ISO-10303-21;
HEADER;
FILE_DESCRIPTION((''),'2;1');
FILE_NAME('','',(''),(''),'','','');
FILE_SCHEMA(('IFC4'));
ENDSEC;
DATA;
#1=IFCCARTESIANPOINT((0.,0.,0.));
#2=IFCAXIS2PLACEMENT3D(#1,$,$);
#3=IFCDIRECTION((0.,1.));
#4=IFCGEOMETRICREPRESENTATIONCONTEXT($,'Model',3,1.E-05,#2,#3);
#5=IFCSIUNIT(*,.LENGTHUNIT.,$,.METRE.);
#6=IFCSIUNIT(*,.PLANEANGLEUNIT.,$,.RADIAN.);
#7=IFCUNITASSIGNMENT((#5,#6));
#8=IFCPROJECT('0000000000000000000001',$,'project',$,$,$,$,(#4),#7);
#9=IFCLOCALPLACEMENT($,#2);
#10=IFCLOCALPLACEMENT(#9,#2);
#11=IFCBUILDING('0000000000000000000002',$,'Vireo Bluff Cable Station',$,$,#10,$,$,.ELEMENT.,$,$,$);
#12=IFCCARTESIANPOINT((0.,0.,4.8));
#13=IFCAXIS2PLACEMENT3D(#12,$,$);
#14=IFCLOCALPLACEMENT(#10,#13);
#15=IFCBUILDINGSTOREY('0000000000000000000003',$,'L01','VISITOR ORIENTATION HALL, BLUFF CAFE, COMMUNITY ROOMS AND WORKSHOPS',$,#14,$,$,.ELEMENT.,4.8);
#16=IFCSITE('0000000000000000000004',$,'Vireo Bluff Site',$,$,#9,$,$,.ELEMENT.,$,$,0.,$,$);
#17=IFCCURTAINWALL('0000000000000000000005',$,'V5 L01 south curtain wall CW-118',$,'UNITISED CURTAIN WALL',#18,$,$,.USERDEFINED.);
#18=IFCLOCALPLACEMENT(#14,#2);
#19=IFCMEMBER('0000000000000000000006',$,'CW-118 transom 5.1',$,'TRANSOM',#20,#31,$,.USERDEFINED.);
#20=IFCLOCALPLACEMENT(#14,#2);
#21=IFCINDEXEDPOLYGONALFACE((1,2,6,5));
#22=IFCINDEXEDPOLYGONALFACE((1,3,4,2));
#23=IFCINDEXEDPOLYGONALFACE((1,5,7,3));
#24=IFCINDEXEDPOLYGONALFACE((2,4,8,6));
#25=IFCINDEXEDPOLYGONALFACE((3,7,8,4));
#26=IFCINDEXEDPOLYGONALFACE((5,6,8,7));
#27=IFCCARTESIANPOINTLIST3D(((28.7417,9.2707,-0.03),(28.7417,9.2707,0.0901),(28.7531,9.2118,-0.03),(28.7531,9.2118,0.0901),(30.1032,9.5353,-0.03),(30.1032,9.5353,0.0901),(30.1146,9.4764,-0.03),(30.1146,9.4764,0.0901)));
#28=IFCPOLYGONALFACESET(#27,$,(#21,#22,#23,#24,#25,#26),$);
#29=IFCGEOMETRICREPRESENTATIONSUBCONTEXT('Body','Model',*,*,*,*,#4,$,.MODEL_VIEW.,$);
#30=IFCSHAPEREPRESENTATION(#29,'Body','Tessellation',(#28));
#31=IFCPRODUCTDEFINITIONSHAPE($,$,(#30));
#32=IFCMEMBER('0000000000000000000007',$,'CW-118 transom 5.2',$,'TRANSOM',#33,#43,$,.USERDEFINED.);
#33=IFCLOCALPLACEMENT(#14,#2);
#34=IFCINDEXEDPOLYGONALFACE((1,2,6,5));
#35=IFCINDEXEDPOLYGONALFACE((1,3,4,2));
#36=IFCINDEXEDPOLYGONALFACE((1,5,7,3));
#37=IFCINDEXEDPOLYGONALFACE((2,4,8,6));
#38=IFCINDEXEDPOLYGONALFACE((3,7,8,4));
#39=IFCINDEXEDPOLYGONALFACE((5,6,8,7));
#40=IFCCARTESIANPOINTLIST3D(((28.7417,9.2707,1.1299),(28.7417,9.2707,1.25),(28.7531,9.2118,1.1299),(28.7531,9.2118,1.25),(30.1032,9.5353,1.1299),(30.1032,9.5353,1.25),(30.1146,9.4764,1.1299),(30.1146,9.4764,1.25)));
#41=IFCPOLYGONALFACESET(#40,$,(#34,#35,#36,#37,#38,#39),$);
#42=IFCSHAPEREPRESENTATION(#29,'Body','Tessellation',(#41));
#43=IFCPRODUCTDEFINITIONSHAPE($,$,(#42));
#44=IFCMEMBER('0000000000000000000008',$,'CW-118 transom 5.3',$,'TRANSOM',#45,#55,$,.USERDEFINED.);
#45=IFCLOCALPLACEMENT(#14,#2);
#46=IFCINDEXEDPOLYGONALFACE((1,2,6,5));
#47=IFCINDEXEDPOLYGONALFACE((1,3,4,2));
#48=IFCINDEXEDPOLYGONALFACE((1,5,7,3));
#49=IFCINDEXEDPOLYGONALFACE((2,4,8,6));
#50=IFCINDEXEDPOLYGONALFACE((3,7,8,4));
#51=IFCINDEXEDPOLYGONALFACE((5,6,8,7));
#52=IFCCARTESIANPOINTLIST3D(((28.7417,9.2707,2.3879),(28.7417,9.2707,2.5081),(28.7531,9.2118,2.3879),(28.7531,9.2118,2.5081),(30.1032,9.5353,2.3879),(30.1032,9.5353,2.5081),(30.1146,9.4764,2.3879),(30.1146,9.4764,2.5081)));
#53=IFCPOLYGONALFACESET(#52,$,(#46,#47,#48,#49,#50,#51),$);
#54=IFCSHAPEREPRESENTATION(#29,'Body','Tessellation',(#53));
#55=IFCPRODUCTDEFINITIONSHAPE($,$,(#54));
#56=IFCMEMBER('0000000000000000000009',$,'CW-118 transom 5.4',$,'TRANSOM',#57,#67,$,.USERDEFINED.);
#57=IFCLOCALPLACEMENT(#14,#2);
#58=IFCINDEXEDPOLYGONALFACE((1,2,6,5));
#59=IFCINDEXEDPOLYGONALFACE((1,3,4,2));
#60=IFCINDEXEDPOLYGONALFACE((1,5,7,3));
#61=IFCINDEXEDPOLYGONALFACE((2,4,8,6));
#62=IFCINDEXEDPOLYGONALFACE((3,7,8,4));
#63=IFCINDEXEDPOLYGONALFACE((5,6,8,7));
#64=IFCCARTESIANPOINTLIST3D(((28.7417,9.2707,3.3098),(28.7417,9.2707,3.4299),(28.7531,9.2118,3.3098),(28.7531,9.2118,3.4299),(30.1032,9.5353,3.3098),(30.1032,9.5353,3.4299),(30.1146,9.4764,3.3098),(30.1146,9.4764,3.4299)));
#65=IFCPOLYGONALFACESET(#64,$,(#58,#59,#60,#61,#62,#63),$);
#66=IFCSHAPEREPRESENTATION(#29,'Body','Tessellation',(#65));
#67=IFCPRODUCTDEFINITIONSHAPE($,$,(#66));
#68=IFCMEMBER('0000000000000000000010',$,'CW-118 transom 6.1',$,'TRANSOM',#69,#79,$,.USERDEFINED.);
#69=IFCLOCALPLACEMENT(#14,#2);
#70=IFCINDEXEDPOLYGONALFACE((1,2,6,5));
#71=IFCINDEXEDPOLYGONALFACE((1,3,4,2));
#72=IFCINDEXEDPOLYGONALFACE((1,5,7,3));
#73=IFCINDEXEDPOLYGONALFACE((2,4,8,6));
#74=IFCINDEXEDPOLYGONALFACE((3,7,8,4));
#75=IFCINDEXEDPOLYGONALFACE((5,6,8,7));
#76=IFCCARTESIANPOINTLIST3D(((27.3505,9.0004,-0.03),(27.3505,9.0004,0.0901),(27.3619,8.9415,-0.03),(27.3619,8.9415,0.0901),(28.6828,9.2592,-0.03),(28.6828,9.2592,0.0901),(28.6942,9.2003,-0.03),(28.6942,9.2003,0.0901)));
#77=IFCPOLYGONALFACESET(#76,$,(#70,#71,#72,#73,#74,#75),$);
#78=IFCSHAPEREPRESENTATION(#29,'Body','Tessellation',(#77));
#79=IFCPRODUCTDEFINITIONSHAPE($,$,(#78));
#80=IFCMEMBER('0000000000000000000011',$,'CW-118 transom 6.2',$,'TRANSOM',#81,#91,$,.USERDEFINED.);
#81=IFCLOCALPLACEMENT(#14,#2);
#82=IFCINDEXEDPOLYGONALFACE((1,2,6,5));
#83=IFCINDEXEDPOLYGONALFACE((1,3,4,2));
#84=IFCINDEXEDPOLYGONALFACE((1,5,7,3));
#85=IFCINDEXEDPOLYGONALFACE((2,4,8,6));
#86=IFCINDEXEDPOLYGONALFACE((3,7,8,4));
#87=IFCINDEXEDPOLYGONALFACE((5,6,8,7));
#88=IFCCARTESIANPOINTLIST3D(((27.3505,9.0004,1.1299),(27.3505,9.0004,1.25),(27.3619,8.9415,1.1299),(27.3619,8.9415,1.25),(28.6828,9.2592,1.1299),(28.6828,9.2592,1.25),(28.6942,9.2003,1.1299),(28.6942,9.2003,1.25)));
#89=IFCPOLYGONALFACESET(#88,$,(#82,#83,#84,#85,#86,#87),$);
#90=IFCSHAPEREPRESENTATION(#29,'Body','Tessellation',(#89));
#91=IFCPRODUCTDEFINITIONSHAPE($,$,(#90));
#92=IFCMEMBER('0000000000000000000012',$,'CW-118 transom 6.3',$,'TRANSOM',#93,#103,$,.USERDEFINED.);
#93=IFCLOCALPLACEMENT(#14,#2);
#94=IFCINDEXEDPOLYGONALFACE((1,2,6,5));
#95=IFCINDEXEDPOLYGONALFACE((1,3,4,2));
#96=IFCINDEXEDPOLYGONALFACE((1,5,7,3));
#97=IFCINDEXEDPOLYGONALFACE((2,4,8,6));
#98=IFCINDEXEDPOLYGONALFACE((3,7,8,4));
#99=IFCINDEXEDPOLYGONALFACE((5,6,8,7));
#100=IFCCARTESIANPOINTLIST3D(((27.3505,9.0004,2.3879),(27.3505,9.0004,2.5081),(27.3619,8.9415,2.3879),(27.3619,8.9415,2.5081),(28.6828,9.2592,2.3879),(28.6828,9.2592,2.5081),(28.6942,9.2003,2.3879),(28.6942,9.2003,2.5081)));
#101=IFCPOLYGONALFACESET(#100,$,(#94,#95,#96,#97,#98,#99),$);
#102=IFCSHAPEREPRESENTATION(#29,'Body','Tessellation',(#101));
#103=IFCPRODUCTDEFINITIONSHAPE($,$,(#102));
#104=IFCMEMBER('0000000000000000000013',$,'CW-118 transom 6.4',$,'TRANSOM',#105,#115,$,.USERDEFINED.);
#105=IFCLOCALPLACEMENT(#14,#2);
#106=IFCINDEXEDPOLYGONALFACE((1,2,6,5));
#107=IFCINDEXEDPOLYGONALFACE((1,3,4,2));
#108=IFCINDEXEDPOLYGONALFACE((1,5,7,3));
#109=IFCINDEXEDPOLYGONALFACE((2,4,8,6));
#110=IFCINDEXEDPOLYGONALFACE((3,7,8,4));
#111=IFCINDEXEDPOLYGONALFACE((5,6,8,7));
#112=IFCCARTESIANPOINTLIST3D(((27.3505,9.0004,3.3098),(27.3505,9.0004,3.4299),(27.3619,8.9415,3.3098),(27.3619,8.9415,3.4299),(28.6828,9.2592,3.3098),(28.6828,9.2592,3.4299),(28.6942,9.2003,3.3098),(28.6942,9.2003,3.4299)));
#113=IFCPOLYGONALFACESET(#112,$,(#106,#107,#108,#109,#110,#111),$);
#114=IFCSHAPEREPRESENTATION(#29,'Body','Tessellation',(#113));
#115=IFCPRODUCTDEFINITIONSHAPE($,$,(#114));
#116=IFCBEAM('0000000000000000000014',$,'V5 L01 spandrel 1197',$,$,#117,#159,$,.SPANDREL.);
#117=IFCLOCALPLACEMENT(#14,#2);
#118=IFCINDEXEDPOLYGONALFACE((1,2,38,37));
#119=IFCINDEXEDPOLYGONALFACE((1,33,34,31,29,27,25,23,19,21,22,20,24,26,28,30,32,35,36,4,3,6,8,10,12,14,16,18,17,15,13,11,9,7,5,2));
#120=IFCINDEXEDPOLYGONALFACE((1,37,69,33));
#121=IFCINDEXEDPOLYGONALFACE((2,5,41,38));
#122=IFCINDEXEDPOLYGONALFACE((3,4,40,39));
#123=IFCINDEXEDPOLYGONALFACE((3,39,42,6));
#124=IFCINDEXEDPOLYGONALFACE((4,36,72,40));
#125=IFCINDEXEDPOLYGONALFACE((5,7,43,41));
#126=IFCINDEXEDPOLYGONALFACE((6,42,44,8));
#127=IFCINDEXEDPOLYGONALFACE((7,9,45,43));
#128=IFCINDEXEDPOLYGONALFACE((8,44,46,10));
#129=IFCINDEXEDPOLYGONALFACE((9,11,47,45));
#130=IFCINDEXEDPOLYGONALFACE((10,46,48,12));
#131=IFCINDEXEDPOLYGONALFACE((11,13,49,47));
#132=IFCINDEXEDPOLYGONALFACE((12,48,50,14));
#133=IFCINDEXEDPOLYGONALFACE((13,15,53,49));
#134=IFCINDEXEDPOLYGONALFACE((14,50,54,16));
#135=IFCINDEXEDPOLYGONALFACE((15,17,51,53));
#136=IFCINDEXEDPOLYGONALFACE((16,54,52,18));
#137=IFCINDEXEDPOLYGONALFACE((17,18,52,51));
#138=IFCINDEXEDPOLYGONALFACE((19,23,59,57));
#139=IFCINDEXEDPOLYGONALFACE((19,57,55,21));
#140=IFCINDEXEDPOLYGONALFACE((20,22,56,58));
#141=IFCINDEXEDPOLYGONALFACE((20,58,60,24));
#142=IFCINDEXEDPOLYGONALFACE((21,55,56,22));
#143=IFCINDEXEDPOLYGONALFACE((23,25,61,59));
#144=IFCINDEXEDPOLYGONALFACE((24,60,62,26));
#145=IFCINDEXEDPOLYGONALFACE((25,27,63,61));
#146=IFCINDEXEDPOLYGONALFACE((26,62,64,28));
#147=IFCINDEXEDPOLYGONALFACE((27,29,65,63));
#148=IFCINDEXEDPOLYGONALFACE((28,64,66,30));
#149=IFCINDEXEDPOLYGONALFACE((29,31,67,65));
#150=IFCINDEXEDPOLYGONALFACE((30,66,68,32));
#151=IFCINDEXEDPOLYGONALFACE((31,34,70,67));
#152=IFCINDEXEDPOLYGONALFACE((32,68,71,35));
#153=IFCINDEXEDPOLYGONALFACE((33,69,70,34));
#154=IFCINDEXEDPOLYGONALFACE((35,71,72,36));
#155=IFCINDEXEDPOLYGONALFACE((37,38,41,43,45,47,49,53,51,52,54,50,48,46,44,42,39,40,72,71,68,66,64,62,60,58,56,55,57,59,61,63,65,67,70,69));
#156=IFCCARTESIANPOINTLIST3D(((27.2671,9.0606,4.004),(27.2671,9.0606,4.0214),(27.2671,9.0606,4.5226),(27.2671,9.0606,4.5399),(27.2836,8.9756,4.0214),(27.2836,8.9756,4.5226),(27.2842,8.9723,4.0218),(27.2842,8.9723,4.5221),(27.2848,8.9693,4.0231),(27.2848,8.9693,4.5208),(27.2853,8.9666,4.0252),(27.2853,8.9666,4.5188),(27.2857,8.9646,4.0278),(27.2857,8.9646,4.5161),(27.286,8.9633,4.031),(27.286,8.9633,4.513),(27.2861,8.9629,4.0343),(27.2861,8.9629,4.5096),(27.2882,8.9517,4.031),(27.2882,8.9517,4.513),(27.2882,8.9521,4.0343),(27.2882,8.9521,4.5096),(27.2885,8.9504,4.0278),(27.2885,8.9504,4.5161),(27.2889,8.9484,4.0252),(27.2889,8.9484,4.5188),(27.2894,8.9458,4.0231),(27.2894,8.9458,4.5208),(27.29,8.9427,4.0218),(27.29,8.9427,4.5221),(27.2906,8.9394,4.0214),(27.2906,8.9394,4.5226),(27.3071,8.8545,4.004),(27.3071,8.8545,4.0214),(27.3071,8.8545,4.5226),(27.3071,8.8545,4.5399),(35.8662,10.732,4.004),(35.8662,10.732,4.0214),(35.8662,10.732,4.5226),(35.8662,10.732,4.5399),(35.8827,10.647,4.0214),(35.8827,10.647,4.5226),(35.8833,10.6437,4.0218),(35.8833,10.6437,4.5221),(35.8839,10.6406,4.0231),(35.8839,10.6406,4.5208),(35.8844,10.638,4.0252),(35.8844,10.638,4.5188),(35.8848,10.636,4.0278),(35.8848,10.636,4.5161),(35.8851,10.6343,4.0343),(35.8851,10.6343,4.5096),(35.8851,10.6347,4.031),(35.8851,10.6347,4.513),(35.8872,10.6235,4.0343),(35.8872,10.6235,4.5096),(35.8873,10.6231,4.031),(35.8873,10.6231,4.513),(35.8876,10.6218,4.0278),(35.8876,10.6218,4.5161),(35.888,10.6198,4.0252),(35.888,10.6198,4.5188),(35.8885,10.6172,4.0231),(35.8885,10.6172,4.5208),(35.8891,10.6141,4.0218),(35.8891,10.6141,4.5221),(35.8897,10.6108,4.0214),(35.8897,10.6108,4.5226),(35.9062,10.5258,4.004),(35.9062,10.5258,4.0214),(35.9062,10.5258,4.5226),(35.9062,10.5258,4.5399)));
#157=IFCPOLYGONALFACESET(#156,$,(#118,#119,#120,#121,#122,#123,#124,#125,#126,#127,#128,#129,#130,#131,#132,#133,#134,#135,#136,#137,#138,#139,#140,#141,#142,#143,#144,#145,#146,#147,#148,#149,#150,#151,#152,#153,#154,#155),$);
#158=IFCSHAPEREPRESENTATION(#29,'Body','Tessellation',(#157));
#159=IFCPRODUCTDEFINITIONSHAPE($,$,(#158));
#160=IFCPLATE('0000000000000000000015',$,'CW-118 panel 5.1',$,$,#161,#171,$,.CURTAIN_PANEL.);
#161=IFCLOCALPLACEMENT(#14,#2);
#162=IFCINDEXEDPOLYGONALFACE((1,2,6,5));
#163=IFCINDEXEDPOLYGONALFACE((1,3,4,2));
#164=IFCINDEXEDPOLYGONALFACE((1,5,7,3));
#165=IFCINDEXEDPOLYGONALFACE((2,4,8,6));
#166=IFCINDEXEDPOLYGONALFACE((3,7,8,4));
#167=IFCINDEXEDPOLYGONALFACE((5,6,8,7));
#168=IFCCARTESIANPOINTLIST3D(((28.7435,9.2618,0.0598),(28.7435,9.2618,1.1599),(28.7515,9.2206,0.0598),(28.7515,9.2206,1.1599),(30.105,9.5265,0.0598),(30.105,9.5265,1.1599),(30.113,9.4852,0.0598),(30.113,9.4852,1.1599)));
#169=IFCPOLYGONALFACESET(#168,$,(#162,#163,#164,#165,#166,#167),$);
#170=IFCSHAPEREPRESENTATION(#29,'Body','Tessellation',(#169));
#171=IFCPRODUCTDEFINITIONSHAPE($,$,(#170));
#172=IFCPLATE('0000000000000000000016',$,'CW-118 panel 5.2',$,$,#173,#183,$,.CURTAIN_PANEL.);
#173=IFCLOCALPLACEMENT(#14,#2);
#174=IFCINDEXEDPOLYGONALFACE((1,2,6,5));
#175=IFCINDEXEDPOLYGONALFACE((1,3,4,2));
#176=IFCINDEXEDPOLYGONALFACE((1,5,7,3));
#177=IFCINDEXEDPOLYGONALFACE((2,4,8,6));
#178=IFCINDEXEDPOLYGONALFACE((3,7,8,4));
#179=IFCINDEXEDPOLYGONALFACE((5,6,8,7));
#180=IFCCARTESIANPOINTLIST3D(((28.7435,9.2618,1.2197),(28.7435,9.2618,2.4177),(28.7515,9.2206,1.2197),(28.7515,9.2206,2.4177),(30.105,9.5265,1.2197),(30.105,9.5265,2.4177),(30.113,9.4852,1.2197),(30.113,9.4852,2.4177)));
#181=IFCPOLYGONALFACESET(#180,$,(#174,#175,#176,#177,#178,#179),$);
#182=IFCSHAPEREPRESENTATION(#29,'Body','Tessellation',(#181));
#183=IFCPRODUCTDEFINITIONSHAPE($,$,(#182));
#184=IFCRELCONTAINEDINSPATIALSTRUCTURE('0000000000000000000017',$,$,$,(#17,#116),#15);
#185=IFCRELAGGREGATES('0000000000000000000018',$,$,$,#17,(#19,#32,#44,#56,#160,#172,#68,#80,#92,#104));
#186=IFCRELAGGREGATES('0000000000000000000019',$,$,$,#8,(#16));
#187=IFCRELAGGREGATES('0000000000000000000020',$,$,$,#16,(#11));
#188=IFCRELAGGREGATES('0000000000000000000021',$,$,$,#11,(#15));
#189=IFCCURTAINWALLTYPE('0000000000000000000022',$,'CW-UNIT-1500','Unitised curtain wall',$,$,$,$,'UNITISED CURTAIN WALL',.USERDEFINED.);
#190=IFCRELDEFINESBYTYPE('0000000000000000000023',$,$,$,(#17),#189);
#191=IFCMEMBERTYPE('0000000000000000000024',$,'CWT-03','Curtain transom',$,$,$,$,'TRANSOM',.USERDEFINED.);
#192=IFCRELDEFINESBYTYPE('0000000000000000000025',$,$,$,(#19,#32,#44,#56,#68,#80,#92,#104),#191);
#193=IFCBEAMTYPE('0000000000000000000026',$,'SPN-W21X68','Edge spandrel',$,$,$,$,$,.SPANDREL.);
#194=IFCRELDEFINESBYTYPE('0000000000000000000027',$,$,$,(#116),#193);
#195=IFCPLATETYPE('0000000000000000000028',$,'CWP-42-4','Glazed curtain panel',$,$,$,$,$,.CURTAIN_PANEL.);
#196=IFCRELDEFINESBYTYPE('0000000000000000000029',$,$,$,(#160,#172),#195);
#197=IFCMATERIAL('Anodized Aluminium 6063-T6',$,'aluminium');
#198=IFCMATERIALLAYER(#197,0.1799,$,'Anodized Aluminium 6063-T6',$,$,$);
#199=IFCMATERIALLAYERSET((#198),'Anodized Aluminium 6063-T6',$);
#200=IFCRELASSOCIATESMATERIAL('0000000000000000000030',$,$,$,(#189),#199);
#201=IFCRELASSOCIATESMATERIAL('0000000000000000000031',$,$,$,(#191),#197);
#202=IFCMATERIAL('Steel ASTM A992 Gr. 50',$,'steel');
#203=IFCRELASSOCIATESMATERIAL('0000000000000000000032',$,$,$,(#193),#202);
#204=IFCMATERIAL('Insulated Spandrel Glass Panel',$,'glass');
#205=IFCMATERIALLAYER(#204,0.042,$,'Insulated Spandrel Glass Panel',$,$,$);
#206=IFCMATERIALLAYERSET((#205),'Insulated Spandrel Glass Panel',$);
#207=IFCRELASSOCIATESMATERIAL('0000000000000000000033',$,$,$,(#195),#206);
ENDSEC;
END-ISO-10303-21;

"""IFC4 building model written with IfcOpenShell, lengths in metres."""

from ifc_helpers import new_model, si_unit, direction, frame, origin, origin_2d, place, context, subcontext, project, spatial, rectangle, i_section, extrude, material, layer, layer_set, material_profile, profile_set, type_object, element, aggregate, save


model = new_model("IFC4")

# Units and contexts
model_context = context("Model", 3, precision=1e-05, world=origin(), true_north=direction((0.0, 1.0)))
body_context = subcontext(model_context, "Body", "Model", "MODEL_VIEW")
ifc_project = project(units=[si_unit("LENGTHUNIT", "METRE"), si_unit("PLANEANGLEUNIT", "RADIAN")], contexts=[model_context])

# Site, building, storey
site_placement = place(None, origin())
site = spatial("IfcSite", under=ifc_project, at=site_placement, Name="Vireo Bluff Site", CompositionType="ELEMENT", RefElevation=0.0)
building_placement = place(site_placement, origin())
building = spatial("IfcBuilding", under=site, at=building_placement, Name="Vireo Bluff Cable Station", CompositionType="ELEMENT")
storey_placement = place(building_placement, frame((0.0, 0.0, 4.8)))
storey = spatial("IfcBuildingStorey", under=building, at=storey_placement, Name="L01", Description="VISITOR ORIENTATION HALL, BLUFF CAFE, COMMUNITY ROOMS AND WORKSHOPS", CompositionType="ELEMENT", Elevation=4.8)

# Shared definitions
ifc_material_1 = material(Name="Steel ASTM A992 Gr. 50", Category="steel")

# Curtain wall, members
ifc_material_2 = material(Name="Anodized Aluminium 6063-T6", Category="aluminium")
ifc_layer_1 = layer(ifc_material_2, 0.1799, Name="Anodized Aluminium 6063-T6")
ifc_layer_set_1 = layer_set([ifc_layer_1], Name="Anodized Aluminium 6063-T6")
curtain_wall_type = type_object("IfcCurtainWallType", Name="CW-UNIT-1500", Description="Unitised curtain wall", ElementType="UNITISED CURTAIN WALL", PredefinedType="USERDEFINED", material=ifc_layer_set_1)
curtain_wall_placement = place(storey_placement, origin())
curtain_wall = element("IfcCurtainWall", 1, at=curtain_wall_placement, inside=storey, type_object=curtain_wall_type, Name="V5 L01 south curtain wall CW-118", ObjectType="UNITISED CURTAIN WALL", PredefinedType="USERDEFINED")
ifc_material_profile_1 = material_profile(ifc_material_2, rectangle(XDim=0.0601, YDim=0.1201, at=origin_2d()), Name="ALU-T-60X120")
ifc_profile_set_1 = profile_set([ifc_material_profile_1], Name="Anodized Aluminium 6063-T6")
member_type_1 = type_object("IfcMemberType", Name="CWT-03", Description="Curtain transom", ElementType="TRANSOM", PredefinedType="USERDEFINED", material=ifc_profile_set_1)
member_1_placement = place(storey_placement, frame((30.1089, 9.5059, 0.03), z_axis=(-0.981629, -0.190799, 0.0), x_axis=(0.190799, -0.981629, 0.0)))
member_1 = element("IfcMember", 2, at=member_1_placement, type_object=member_type_1, Name="CW-118 transom 5.1", ObjectType="TRANSOM", PredefinedType="USERDEFINED", context=body_context, shape_type="SweptSolid", body=[
    extrude(rectangle(XDim=0.0601, YDim=0.1201, at=origin_2d()), origin(), (0.0, 0.0, 1.0), 1.387),
])
member_2_placement = place(storey_placement, frame((30.1089, 9.5059, 1.1899), z_axis=(-0.981629, -0.190799, 0.0), x_axis=(0.190799, -0.981629, 0.0)))
member_2 = element("IfcMember", 3, at=member_2_placement, type_object=member_type_1, Name="CW-118 transom 5.2", ObjectType="TRANSOM", PredefinedType="USERDEFINED", context=body_context, shape_type="SweptSolid", body=[
    extrude(rectangle(XDim=0.0601, YDim=0.1201, at=origin_2d()), origin(), (0.0, 0.0, 1.0), 1.387),
])
member_3_placement = place(storey_placement, frame((30.1089, 9.5059, 2.448), z_axis=(-0.981629, -0.190799, 0.0), x_axis=(0.190799, -0.981629, 0.0)))
member_3 = element("IfcMember", 4, at=member_3_placement, type_object=member_type_1, Name="CW-118 transom 5.3", ObjectType="TRANSOM", PredefinedType="USERDEFINED", context=body_context, shape_type="SweptSolid", body=[
    extrude(rectangle(XDim=0.0601, YDim=0.1201, at=origin_2d()), origin(), (0.0, 0.0, 1.0), 1.387),
])
member_4_placement = place(storey_placement, frame((30.1089, 9.5059, 3.3699), z_axis=(-0.981629, -0.190799, 0.0), x_axis=(0.190799, -0.981629, 0.0)))
member_4 = element("IfcMember", 5, at=member_4_placement, type_object=member_type_1, Name="CW-118 transom 5.4", ObjectType="TRANSOM", PredefinedType="USERDEFINED", context=body_context, shape_type="SweptSolid", body=[
    extrude(rectangle(XDim=0.0601, YDim=0.1201, at=origin_2d()), origin(), (0.0, 0.0, 1.0), 1.387),
])
member_5_placement = place(storey_placement, frame((28.6885, 9.2297, 0.03), z_axis=(-0.981652, -0.190682, 0.0), x_axis=(0.190682, -0.981652, 0.0)))
member_5 = element("IfcMember", 6, at=member_5_placement, type_object=member_type_1, Name="CW-118 transom 6.1", ObjectType="TRANSOM", PredefinedType="USERDEFINED", context=body_context, shape_type="SweptSolid", body=[
    extrude(rectangle(XDim=0.0601, YDim=0.1201, at=origin_2d()), origin(), (0.0, 0.0, 1.0), 1.3572),
])
member_6_placement = place(storey_placement, frame((28.6885, 9.2297, 1.1899), z_axis=(-0.981652, -0.190682, 0.0), x_axis=(0.190682, -0.981652, 0.0)))
member_6 = element("IfcMember", 7, at=member_6_placement, type_object=member_type_1, Name="CW-118 transom 6.2", ObjectType="TRANSOM", PredefinedType="USERDEFINED", context=body_context, shape_type="SweptSolid", body=[
    extrude(rectangle(XDim=0.0601, YDim=0.1201, at=origin_2d()), origin(), (0.0, 0.0, 1.0), 1.3572),
])
member_7_placement = place(storey_placement, frame((28.6885, 9.2297, 2.448), z_axis=(-0.981652, -0.190682, 0.0), x_axis=(0.190682, -0.981652, 0.0)))
member_7 = element("IfcMember", 8, at=member_7_placement, type_object=member_type_1, Name="CW-118 transom 6.3", ObjectType="TRANSOM", PredefinedType="USERDEFINED", context=body_context, shape_type="SweptSolid", body=[
    extrude(rectangle(XDim=0.0601, YDim=0.1201, at=origin_2d()), origin(), (0.0, 0.0, 1.0), 1.3572),
])
member_8_placement = place(storey_placement, frame((28.6885, 9.2297, 3.3699), z_axis=(-0.981652, -0.190682, 0.0), x_axis=(0.190682, -0.981652, 0.0)))
member_8 = element("IfcMember", 9, at=member_8_placement, type_object=member_type_1, Name="CW-118 transom 6.4", ObjectType="TRANSOM", PredefinedType="USERDEFINED", context=body_context, shape_type="SweptSolid", body=[
    extrude(rectangle(XDim=0.0601, YDim=0.1201, at=origin_2d()), origin(), (0.0, 0.0, 1.0), 1.3572),
])

# Beam
ifc_material_profile_2 = material_profile(ifc_material_1, i_section(OverallWidth=0.21, OverallDepth=0.5359, WebThickness=0.011, FlangeThickness=0.0173, FilletRadius=0.0129, at=origin_2d()), Name="W21X68")
ifc_profile_set_2 = profile_set([ifc_material_profile_2], Name="Steel ASTM A992 Gr. 50")
beam_type_1 = type_object("IfcBeamType", Name="SPN-W21X68", Description="Edge spandrel", PredefinedType="SPANDREL", material=ifc_profile_set_2)
beam_1_placement = place(storey_placement, frame((27.2871, 8.9575, 4.272), z_axis=(0.98163, 0.190797, 0.0), x_axis=(-0.190797, 0.98163, 0.0)))
element("IfcBeam", 10, at=beam_1_placement, inside=storey, type_object=beam_type_1, Name="V5 L01 spandrel 1197", PredefinedType="SPANDREL", context=body_context, shape_type="SweptSolid", body=[
    extrude(i_section(OverallWidth=0.21, OverallDepth=0.5359, WebThickness=0.011, FlangeThickness=0.0173, FilletRadius=0.0129, at=origin_2d()), origin(), (0.0, 0.0, 1.0), 8.76),
])

# Plates
ifc_material_3 = material(Name="Insulated Spandrel Glass Panel", Category="glass")
ifc_layer_2 = layer(ifc_material_3, 0.042, Name="Insulated Spandrel Glass Panel")
ifc_layer_set_2 = layer_set([ifc_layer_2], Name="Insulated Spandrel Glass Panel")
plate_type_1 = type_object("IfcPlateType", Name="CWP-42-4", Description="Glazed curtain panel", PredefinedType="CURTAIN_PANEL", material=ifc_layer_set_2)
plate_1_placement = place(storey_placement, frame((29.4282, 9.3735, 0.0598), z_axis=(0.0, 0.0, 1.0), x_axis=(-0.981627, -0.190809, 0.0)))
plate_1 = element("IfcPlate", 11, at=plate_1_placement, type_object=plate_type_1, Name="CW-118 panel 5.1", PredefinedType="CURTAIN_PANEL", context=body_context, shape_type="SweptSolid", body=[
    extrude(rectangle(XDim=1.387, YDim=0.042, at=origin_2d()), origin(), (0.0, 0.0, 1.0), 1.1001),
])
plate_2_placement = place(storey_placement, frame((29.4282, 9.3735, 1.2197), z_axis=(0.0, 0.0, 1.0), x_axis=(-0.981627, -0.190809, 0.0)))
plate_2 = element("IfcPlate", 12, at=plate_2_placement, type_object=plate_type_1, Name="CW-118 panel 5.2", PredefinedType="CURTAIN_PANEL", context=body_context, shape_type="SweptSolid", body=[
    extrude(rectangle(XDim=1.387, YDim=0.042, at=origin_2d()), origin(), (0.0, 0.0, 1.0), 1.198),
])
aggregate(curtain_wall, [member_1, member_2, member_3, member_4, plate_1, plate_2, member_5, member_6, member_7, member_8])

save(model, "model.ifc")
